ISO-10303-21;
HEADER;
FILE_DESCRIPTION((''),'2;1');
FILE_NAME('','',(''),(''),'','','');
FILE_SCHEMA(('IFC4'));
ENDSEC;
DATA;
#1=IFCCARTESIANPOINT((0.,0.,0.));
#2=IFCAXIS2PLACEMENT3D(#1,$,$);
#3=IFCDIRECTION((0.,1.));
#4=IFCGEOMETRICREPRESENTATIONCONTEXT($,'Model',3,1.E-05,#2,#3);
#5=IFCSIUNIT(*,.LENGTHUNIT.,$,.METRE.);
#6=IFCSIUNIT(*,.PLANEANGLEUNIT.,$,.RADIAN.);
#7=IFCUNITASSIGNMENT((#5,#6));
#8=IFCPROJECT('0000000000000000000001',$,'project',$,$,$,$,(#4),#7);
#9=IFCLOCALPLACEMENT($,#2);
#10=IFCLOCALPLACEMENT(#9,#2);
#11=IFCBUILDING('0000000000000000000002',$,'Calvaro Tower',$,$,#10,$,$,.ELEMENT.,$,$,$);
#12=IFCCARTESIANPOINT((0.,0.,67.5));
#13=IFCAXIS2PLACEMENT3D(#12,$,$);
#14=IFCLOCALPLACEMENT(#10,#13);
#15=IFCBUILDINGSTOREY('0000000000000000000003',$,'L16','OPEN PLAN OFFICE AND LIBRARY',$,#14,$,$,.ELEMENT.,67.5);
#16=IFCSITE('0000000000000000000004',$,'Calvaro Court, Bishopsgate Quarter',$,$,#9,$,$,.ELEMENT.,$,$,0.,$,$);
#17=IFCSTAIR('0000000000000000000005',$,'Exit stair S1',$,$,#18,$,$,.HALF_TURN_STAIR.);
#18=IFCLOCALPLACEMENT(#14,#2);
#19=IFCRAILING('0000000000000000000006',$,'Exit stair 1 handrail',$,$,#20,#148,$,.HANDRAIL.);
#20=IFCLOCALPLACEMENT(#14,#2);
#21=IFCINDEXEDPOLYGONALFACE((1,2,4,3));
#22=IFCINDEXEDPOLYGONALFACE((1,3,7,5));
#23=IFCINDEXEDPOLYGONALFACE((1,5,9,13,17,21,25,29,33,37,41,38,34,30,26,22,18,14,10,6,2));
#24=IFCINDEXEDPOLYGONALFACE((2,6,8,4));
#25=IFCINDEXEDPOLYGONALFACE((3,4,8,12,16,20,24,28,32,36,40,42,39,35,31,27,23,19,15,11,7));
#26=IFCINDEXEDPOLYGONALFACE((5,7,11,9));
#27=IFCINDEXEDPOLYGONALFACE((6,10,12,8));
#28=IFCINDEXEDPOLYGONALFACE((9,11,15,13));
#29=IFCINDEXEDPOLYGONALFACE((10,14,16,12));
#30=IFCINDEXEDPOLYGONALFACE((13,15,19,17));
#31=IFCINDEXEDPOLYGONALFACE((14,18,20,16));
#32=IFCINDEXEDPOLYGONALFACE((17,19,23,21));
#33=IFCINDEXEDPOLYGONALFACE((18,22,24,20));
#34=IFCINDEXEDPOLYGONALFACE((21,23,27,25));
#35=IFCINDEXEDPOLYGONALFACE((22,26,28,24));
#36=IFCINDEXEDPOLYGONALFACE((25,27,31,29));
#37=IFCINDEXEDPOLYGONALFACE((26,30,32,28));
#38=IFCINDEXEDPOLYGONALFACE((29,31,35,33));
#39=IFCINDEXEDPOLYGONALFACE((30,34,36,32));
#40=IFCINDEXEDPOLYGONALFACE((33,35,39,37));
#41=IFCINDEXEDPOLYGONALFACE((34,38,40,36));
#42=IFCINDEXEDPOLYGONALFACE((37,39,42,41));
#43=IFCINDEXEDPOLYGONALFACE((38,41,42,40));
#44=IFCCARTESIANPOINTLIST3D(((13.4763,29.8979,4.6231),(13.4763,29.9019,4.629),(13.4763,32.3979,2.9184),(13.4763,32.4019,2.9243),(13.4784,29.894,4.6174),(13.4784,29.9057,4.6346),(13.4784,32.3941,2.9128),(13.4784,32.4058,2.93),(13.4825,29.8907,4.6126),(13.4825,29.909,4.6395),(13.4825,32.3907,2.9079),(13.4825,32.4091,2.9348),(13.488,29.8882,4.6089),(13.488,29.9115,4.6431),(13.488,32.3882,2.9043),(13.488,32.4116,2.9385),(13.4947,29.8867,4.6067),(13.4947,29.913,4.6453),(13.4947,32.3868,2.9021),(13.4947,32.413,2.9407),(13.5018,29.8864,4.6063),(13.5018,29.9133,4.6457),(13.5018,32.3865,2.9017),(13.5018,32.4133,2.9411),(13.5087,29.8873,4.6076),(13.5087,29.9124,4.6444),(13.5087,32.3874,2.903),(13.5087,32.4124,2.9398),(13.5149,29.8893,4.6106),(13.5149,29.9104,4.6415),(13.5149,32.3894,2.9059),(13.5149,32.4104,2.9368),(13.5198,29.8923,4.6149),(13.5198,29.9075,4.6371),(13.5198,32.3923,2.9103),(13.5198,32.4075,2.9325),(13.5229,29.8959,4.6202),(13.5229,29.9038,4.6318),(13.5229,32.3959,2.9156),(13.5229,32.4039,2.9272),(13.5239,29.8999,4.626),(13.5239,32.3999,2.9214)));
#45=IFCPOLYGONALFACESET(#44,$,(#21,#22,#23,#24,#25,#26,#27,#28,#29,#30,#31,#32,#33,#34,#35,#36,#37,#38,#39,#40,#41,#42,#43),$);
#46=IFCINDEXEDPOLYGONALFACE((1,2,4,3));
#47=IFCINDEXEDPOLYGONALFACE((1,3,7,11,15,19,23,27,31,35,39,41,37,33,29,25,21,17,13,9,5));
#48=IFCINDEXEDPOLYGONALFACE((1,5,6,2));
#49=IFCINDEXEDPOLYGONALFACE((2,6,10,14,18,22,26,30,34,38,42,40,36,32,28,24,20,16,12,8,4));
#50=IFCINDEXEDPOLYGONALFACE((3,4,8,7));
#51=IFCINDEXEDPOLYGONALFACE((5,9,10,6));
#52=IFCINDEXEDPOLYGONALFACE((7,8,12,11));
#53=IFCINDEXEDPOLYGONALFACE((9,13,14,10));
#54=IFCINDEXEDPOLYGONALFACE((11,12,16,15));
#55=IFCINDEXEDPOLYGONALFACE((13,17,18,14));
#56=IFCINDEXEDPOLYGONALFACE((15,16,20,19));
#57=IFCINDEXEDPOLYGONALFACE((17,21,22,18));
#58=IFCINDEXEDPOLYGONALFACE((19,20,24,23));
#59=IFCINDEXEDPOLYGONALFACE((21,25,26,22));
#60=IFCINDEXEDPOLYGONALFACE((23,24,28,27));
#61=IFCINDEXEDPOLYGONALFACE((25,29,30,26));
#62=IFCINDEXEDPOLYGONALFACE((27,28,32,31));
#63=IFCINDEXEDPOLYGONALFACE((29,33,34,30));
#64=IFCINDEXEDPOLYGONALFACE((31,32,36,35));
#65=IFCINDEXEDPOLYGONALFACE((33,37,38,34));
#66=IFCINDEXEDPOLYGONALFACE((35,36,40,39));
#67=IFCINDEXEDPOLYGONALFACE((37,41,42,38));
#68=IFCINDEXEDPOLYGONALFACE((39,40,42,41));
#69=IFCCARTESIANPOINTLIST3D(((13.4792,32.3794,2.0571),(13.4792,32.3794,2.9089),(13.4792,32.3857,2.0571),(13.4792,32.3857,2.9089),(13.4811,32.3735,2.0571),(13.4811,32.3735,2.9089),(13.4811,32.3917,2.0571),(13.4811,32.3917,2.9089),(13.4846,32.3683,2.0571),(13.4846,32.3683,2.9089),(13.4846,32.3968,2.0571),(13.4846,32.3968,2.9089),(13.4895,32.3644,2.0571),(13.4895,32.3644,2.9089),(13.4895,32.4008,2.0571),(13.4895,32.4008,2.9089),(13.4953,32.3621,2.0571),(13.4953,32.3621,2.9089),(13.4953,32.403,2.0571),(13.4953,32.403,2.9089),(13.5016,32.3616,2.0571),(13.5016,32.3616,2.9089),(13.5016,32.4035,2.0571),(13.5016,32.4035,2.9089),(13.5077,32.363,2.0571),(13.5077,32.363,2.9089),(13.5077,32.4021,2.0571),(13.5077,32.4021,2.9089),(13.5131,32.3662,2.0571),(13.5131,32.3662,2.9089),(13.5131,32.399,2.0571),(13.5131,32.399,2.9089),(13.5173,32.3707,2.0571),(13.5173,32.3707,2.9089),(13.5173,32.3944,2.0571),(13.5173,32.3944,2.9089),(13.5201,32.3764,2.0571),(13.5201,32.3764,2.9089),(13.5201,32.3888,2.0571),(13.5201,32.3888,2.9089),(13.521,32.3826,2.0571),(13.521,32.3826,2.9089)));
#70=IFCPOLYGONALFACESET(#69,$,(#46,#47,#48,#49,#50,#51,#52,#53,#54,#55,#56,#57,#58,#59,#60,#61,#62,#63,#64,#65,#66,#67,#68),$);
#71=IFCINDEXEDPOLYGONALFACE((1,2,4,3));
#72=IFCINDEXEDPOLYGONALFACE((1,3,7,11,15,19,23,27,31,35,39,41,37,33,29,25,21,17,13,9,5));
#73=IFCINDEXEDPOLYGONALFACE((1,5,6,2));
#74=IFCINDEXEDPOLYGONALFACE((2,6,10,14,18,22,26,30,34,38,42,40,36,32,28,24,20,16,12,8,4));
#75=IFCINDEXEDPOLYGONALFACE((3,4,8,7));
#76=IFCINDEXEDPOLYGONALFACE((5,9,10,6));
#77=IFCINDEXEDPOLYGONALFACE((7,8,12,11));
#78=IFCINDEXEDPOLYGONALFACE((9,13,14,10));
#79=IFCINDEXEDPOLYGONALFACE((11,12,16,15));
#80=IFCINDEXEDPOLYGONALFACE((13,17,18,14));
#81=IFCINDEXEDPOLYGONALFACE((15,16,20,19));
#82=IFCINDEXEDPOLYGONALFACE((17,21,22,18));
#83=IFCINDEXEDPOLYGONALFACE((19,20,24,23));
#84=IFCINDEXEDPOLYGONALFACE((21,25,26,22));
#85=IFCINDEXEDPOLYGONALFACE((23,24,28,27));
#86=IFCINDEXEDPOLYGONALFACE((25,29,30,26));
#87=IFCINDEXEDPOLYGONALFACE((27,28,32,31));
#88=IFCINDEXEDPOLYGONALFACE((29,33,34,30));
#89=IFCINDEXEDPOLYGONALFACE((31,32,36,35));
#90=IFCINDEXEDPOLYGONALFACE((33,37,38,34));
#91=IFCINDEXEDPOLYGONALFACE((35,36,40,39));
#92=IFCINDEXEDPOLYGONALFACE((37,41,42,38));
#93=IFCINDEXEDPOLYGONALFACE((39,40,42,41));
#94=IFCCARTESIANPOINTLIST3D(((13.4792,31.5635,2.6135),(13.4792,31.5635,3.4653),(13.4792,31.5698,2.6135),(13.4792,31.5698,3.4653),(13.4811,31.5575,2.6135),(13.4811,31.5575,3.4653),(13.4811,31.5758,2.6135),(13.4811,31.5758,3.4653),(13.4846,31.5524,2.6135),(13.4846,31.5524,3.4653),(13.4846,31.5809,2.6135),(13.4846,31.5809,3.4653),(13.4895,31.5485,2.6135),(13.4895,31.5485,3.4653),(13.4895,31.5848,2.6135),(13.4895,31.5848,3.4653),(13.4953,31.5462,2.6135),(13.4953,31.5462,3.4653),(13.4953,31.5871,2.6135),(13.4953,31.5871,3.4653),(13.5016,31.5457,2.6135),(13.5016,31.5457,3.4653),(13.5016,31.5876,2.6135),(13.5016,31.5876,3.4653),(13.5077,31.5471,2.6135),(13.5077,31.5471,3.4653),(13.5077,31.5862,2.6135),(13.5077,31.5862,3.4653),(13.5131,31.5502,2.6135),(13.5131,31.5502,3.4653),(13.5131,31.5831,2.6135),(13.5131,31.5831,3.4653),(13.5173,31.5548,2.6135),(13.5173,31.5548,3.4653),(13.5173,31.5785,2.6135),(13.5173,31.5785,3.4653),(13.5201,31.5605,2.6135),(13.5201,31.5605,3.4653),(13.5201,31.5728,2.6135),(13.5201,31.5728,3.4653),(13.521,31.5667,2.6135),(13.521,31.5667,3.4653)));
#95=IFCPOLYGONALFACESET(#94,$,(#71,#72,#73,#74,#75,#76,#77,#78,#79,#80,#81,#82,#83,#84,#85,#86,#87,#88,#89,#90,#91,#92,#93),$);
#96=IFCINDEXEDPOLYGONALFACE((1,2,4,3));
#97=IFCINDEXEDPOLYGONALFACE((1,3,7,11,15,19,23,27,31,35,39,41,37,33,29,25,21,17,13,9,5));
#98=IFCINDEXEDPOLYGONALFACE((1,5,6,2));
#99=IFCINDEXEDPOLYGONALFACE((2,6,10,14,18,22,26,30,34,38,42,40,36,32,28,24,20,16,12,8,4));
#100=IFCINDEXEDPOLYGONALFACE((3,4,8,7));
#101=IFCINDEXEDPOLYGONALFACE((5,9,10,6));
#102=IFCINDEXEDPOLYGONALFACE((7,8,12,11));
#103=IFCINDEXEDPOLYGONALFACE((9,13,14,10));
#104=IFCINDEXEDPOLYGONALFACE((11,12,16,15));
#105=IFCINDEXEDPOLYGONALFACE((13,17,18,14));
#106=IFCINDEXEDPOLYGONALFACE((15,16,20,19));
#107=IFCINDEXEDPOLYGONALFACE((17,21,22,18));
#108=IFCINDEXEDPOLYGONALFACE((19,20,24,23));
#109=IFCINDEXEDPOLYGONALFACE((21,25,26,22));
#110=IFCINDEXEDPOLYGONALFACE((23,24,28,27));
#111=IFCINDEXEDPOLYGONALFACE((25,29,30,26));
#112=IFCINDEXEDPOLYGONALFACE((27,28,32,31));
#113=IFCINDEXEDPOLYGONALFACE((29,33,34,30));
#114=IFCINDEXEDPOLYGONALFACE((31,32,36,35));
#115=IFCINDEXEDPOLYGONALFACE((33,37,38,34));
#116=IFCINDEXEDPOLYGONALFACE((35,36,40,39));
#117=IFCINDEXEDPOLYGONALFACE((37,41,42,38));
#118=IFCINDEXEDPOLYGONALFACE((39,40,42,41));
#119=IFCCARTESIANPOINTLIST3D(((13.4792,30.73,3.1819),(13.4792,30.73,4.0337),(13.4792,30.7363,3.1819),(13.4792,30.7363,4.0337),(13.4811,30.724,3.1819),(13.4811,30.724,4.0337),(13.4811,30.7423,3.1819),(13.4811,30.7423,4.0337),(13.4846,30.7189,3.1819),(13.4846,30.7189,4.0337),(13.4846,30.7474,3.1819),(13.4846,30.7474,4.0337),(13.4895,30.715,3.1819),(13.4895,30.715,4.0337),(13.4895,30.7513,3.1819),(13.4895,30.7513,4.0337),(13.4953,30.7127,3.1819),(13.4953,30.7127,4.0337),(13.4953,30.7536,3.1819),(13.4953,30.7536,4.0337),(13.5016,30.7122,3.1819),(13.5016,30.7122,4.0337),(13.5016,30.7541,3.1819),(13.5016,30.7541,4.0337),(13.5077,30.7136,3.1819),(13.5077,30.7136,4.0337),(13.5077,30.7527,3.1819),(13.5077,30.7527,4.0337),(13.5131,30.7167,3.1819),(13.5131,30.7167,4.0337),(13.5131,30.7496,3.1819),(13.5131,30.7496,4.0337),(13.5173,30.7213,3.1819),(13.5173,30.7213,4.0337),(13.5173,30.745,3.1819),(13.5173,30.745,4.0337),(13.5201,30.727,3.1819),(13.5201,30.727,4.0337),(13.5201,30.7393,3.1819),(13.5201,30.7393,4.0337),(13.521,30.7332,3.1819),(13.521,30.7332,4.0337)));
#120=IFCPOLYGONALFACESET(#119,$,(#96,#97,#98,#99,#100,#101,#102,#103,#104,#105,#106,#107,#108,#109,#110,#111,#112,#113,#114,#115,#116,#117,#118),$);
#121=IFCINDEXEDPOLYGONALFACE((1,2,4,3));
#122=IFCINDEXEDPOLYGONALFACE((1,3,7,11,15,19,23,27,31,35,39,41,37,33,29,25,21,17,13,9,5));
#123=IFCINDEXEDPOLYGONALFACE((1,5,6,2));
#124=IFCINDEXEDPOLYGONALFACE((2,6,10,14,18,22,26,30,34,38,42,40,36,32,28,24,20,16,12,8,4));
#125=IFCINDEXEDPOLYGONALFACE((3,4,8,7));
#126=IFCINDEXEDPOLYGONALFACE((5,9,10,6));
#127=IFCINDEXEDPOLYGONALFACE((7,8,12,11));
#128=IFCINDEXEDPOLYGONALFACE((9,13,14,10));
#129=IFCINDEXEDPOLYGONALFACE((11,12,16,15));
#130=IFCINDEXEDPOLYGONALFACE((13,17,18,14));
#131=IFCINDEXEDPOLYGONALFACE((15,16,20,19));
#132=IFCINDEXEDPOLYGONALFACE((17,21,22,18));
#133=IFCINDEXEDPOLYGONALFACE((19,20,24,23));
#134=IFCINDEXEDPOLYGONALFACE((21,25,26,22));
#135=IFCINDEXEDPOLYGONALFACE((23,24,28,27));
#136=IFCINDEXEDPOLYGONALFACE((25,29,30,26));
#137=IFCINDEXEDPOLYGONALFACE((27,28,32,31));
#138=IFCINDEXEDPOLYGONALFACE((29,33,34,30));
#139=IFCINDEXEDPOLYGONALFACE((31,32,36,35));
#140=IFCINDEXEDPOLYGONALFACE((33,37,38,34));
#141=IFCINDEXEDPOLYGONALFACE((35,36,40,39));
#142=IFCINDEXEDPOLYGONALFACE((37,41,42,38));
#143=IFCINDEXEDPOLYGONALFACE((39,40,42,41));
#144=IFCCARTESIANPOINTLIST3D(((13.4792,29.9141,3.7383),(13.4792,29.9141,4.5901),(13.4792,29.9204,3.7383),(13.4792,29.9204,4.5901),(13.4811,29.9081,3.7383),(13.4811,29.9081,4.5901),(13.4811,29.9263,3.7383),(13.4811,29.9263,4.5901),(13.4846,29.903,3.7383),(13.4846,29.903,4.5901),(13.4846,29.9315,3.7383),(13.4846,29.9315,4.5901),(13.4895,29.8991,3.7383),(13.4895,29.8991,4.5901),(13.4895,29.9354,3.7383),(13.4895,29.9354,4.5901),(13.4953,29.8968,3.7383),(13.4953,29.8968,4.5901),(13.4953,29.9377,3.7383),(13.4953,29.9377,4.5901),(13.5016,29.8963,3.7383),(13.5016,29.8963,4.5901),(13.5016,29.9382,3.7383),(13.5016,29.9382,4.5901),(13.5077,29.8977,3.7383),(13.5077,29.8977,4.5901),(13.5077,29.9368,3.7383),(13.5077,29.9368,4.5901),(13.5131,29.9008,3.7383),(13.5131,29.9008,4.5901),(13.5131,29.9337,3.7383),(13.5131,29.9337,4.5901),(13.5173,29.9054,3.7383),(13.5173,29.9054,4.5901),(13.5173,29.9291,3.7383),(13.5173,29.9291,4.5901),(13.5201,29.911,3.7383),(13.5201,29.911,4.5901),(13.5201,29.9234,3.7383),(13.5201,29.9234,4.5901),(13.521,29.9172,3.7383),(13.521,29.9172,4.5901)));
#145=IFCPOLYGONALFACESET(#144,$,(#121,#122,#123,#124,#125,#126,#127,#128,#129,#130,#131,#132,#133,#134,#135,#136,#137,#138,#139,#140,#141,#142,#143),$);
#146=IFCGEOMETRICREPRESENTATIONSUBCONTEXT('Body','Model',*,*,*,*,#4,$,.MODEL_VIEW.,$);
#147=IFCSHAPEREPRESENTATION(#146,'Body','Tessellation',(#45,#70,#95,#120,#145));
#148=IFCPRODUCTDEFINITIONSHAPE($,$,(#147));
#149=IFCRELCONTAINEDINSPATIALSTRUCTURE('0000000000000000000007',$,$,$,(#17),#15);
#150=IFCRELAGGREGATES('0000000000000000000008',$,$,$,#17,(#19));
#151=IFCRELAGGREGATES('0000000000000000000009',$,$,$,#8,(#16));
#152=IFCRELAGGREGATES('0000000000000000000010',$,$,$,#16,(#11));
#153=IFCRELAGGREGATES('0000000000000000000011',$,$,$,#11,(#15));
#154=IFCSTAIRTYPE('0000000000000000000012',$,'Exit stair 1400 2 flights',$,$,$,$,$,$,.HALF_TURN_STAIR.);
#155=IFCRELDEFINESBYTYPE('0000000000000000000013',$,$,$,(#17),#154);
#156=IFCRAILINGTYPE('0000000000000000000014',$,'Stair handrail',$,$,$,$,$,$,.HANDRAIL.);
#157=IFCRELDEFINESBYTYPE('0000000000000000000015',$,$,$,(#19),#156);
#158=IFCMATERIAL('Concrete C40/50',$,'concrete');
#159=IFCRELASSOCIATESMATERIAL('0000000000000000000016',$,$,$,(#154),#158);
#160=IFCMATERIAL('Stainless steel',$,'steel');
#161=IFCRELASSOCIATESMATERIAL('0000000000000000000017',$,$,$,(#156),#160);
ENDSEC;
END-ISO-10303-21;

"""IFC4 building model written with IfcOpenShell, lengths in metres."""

from ifc_helpers import new_model, si_unit, direction, frame, origin, origin_2d, place, context, subcontext, project, spatial, circle, extrude, material, type_object, element, aggregate, save


model = new_model("IFC4")

# Units and contexts
model_context = context("Model", 3, precision=1e-05, world=origin(), true_north=direction((0.0, 1.0)))
body_context = subcontext(model_context, "Body", "Model", "MODEL_VIEW")
ifc_project = project(units=[si_unit("LENGTHUNIT", "METRE"), si_unit("PLANEANGLEUNIT", "RADIAN")], contexts=[model_context])

# Site, building, storey
site_placement = place(None, origin())
site = spatial("IfcSite", under=ifc_project, at=site_placement, Name="Calvaro Court, Bishopsgate Quarter", CompositionType="ELEMENT", RefElevation=0.0)
building_placement = place(site_placement, origin())
building = spatial("IfcBuilding", under=site, at=building_placement, Name="Calvaro Tower", CompositionType="ELEMENT")
storey_placement = place(building_placement, frame((0.0, 0.0, 67.5)))
storey = spatial("IfcBuildingStorey", under=building, at=storey_placement, Name="L16", Description="OPEN PLAN OFFICE AND LIBRARY", CompositionType="ELEMENT", Elevation=67.5)

# Stair, railing
ifc_material_1 = material(Name="Concrete C40/50", Category="concrete")
stair_type = type_object("IfcStairType", Name="Exit stair 1400 2 flights", PredefinedType="HALF_TURN_STAIR", material=ifc_material_1)
stair_placement = place(storey_placement, origin())
stair = element("IfcStair", 1, at=stair_placement, inside=storey, type_object=stair_type, Name="Exit stair S1", PredefinedType="HALF_TURN_STAIR")
ifc_material_2 = material(Name="Stainless steel", Category="steel")
railing_type = type_object("IfcRailingType", Name="Stair handrail", PredefinedType="HANDRAIL", material=ifc_material_2)
railing_1_placement = place(storey_placement, frame((13.5, 32.3999, 2.0454)))
railing_1 = element("IfcRailing", 2, at=railing_1_placement, type_object=railing_type, Name="Exit stair 1 handrail", PredefinedType="HANDRAIL", context=body_context, shape_type="SweptSolid", body=[
    extrude(circle(Radius=0.0239, at=origin_2d()), frame((0.0, 0.0, 0.876), z_axis=(0.0, -0.826221, 0.563347), x_axis=(1.0, 0.0, 0.0)), (0.0, 0.0, 1.0), 3.0259),
    extrude(circle(Radius=0.021, at=origin_2d()), frame((0.0, -0.0173, 0.0117)), (0.0, 0.0, 1.0), 0.8518),
    extrude(circle(Radius=0.021, at=origin_2d()), frame((0.0, -0.8333, 0.5681)), (0.0, 0.0, 1.0), 0.8518),
    extrude(circle(Radius=0.021, at=origin_2d()), frame((0.0, -1.6667, 1.1365)), (0.0, 0.0, 1.0), 0.8518),
    extrude(circle(Radius=0.021, at=origin_2d()), frame((0.0, -2.4827, 1.6929)), (0.0, 0.0, 1.0), 0.8518),
])
aggregate(stair, [railing_1])

save(model, "model.ifc")
